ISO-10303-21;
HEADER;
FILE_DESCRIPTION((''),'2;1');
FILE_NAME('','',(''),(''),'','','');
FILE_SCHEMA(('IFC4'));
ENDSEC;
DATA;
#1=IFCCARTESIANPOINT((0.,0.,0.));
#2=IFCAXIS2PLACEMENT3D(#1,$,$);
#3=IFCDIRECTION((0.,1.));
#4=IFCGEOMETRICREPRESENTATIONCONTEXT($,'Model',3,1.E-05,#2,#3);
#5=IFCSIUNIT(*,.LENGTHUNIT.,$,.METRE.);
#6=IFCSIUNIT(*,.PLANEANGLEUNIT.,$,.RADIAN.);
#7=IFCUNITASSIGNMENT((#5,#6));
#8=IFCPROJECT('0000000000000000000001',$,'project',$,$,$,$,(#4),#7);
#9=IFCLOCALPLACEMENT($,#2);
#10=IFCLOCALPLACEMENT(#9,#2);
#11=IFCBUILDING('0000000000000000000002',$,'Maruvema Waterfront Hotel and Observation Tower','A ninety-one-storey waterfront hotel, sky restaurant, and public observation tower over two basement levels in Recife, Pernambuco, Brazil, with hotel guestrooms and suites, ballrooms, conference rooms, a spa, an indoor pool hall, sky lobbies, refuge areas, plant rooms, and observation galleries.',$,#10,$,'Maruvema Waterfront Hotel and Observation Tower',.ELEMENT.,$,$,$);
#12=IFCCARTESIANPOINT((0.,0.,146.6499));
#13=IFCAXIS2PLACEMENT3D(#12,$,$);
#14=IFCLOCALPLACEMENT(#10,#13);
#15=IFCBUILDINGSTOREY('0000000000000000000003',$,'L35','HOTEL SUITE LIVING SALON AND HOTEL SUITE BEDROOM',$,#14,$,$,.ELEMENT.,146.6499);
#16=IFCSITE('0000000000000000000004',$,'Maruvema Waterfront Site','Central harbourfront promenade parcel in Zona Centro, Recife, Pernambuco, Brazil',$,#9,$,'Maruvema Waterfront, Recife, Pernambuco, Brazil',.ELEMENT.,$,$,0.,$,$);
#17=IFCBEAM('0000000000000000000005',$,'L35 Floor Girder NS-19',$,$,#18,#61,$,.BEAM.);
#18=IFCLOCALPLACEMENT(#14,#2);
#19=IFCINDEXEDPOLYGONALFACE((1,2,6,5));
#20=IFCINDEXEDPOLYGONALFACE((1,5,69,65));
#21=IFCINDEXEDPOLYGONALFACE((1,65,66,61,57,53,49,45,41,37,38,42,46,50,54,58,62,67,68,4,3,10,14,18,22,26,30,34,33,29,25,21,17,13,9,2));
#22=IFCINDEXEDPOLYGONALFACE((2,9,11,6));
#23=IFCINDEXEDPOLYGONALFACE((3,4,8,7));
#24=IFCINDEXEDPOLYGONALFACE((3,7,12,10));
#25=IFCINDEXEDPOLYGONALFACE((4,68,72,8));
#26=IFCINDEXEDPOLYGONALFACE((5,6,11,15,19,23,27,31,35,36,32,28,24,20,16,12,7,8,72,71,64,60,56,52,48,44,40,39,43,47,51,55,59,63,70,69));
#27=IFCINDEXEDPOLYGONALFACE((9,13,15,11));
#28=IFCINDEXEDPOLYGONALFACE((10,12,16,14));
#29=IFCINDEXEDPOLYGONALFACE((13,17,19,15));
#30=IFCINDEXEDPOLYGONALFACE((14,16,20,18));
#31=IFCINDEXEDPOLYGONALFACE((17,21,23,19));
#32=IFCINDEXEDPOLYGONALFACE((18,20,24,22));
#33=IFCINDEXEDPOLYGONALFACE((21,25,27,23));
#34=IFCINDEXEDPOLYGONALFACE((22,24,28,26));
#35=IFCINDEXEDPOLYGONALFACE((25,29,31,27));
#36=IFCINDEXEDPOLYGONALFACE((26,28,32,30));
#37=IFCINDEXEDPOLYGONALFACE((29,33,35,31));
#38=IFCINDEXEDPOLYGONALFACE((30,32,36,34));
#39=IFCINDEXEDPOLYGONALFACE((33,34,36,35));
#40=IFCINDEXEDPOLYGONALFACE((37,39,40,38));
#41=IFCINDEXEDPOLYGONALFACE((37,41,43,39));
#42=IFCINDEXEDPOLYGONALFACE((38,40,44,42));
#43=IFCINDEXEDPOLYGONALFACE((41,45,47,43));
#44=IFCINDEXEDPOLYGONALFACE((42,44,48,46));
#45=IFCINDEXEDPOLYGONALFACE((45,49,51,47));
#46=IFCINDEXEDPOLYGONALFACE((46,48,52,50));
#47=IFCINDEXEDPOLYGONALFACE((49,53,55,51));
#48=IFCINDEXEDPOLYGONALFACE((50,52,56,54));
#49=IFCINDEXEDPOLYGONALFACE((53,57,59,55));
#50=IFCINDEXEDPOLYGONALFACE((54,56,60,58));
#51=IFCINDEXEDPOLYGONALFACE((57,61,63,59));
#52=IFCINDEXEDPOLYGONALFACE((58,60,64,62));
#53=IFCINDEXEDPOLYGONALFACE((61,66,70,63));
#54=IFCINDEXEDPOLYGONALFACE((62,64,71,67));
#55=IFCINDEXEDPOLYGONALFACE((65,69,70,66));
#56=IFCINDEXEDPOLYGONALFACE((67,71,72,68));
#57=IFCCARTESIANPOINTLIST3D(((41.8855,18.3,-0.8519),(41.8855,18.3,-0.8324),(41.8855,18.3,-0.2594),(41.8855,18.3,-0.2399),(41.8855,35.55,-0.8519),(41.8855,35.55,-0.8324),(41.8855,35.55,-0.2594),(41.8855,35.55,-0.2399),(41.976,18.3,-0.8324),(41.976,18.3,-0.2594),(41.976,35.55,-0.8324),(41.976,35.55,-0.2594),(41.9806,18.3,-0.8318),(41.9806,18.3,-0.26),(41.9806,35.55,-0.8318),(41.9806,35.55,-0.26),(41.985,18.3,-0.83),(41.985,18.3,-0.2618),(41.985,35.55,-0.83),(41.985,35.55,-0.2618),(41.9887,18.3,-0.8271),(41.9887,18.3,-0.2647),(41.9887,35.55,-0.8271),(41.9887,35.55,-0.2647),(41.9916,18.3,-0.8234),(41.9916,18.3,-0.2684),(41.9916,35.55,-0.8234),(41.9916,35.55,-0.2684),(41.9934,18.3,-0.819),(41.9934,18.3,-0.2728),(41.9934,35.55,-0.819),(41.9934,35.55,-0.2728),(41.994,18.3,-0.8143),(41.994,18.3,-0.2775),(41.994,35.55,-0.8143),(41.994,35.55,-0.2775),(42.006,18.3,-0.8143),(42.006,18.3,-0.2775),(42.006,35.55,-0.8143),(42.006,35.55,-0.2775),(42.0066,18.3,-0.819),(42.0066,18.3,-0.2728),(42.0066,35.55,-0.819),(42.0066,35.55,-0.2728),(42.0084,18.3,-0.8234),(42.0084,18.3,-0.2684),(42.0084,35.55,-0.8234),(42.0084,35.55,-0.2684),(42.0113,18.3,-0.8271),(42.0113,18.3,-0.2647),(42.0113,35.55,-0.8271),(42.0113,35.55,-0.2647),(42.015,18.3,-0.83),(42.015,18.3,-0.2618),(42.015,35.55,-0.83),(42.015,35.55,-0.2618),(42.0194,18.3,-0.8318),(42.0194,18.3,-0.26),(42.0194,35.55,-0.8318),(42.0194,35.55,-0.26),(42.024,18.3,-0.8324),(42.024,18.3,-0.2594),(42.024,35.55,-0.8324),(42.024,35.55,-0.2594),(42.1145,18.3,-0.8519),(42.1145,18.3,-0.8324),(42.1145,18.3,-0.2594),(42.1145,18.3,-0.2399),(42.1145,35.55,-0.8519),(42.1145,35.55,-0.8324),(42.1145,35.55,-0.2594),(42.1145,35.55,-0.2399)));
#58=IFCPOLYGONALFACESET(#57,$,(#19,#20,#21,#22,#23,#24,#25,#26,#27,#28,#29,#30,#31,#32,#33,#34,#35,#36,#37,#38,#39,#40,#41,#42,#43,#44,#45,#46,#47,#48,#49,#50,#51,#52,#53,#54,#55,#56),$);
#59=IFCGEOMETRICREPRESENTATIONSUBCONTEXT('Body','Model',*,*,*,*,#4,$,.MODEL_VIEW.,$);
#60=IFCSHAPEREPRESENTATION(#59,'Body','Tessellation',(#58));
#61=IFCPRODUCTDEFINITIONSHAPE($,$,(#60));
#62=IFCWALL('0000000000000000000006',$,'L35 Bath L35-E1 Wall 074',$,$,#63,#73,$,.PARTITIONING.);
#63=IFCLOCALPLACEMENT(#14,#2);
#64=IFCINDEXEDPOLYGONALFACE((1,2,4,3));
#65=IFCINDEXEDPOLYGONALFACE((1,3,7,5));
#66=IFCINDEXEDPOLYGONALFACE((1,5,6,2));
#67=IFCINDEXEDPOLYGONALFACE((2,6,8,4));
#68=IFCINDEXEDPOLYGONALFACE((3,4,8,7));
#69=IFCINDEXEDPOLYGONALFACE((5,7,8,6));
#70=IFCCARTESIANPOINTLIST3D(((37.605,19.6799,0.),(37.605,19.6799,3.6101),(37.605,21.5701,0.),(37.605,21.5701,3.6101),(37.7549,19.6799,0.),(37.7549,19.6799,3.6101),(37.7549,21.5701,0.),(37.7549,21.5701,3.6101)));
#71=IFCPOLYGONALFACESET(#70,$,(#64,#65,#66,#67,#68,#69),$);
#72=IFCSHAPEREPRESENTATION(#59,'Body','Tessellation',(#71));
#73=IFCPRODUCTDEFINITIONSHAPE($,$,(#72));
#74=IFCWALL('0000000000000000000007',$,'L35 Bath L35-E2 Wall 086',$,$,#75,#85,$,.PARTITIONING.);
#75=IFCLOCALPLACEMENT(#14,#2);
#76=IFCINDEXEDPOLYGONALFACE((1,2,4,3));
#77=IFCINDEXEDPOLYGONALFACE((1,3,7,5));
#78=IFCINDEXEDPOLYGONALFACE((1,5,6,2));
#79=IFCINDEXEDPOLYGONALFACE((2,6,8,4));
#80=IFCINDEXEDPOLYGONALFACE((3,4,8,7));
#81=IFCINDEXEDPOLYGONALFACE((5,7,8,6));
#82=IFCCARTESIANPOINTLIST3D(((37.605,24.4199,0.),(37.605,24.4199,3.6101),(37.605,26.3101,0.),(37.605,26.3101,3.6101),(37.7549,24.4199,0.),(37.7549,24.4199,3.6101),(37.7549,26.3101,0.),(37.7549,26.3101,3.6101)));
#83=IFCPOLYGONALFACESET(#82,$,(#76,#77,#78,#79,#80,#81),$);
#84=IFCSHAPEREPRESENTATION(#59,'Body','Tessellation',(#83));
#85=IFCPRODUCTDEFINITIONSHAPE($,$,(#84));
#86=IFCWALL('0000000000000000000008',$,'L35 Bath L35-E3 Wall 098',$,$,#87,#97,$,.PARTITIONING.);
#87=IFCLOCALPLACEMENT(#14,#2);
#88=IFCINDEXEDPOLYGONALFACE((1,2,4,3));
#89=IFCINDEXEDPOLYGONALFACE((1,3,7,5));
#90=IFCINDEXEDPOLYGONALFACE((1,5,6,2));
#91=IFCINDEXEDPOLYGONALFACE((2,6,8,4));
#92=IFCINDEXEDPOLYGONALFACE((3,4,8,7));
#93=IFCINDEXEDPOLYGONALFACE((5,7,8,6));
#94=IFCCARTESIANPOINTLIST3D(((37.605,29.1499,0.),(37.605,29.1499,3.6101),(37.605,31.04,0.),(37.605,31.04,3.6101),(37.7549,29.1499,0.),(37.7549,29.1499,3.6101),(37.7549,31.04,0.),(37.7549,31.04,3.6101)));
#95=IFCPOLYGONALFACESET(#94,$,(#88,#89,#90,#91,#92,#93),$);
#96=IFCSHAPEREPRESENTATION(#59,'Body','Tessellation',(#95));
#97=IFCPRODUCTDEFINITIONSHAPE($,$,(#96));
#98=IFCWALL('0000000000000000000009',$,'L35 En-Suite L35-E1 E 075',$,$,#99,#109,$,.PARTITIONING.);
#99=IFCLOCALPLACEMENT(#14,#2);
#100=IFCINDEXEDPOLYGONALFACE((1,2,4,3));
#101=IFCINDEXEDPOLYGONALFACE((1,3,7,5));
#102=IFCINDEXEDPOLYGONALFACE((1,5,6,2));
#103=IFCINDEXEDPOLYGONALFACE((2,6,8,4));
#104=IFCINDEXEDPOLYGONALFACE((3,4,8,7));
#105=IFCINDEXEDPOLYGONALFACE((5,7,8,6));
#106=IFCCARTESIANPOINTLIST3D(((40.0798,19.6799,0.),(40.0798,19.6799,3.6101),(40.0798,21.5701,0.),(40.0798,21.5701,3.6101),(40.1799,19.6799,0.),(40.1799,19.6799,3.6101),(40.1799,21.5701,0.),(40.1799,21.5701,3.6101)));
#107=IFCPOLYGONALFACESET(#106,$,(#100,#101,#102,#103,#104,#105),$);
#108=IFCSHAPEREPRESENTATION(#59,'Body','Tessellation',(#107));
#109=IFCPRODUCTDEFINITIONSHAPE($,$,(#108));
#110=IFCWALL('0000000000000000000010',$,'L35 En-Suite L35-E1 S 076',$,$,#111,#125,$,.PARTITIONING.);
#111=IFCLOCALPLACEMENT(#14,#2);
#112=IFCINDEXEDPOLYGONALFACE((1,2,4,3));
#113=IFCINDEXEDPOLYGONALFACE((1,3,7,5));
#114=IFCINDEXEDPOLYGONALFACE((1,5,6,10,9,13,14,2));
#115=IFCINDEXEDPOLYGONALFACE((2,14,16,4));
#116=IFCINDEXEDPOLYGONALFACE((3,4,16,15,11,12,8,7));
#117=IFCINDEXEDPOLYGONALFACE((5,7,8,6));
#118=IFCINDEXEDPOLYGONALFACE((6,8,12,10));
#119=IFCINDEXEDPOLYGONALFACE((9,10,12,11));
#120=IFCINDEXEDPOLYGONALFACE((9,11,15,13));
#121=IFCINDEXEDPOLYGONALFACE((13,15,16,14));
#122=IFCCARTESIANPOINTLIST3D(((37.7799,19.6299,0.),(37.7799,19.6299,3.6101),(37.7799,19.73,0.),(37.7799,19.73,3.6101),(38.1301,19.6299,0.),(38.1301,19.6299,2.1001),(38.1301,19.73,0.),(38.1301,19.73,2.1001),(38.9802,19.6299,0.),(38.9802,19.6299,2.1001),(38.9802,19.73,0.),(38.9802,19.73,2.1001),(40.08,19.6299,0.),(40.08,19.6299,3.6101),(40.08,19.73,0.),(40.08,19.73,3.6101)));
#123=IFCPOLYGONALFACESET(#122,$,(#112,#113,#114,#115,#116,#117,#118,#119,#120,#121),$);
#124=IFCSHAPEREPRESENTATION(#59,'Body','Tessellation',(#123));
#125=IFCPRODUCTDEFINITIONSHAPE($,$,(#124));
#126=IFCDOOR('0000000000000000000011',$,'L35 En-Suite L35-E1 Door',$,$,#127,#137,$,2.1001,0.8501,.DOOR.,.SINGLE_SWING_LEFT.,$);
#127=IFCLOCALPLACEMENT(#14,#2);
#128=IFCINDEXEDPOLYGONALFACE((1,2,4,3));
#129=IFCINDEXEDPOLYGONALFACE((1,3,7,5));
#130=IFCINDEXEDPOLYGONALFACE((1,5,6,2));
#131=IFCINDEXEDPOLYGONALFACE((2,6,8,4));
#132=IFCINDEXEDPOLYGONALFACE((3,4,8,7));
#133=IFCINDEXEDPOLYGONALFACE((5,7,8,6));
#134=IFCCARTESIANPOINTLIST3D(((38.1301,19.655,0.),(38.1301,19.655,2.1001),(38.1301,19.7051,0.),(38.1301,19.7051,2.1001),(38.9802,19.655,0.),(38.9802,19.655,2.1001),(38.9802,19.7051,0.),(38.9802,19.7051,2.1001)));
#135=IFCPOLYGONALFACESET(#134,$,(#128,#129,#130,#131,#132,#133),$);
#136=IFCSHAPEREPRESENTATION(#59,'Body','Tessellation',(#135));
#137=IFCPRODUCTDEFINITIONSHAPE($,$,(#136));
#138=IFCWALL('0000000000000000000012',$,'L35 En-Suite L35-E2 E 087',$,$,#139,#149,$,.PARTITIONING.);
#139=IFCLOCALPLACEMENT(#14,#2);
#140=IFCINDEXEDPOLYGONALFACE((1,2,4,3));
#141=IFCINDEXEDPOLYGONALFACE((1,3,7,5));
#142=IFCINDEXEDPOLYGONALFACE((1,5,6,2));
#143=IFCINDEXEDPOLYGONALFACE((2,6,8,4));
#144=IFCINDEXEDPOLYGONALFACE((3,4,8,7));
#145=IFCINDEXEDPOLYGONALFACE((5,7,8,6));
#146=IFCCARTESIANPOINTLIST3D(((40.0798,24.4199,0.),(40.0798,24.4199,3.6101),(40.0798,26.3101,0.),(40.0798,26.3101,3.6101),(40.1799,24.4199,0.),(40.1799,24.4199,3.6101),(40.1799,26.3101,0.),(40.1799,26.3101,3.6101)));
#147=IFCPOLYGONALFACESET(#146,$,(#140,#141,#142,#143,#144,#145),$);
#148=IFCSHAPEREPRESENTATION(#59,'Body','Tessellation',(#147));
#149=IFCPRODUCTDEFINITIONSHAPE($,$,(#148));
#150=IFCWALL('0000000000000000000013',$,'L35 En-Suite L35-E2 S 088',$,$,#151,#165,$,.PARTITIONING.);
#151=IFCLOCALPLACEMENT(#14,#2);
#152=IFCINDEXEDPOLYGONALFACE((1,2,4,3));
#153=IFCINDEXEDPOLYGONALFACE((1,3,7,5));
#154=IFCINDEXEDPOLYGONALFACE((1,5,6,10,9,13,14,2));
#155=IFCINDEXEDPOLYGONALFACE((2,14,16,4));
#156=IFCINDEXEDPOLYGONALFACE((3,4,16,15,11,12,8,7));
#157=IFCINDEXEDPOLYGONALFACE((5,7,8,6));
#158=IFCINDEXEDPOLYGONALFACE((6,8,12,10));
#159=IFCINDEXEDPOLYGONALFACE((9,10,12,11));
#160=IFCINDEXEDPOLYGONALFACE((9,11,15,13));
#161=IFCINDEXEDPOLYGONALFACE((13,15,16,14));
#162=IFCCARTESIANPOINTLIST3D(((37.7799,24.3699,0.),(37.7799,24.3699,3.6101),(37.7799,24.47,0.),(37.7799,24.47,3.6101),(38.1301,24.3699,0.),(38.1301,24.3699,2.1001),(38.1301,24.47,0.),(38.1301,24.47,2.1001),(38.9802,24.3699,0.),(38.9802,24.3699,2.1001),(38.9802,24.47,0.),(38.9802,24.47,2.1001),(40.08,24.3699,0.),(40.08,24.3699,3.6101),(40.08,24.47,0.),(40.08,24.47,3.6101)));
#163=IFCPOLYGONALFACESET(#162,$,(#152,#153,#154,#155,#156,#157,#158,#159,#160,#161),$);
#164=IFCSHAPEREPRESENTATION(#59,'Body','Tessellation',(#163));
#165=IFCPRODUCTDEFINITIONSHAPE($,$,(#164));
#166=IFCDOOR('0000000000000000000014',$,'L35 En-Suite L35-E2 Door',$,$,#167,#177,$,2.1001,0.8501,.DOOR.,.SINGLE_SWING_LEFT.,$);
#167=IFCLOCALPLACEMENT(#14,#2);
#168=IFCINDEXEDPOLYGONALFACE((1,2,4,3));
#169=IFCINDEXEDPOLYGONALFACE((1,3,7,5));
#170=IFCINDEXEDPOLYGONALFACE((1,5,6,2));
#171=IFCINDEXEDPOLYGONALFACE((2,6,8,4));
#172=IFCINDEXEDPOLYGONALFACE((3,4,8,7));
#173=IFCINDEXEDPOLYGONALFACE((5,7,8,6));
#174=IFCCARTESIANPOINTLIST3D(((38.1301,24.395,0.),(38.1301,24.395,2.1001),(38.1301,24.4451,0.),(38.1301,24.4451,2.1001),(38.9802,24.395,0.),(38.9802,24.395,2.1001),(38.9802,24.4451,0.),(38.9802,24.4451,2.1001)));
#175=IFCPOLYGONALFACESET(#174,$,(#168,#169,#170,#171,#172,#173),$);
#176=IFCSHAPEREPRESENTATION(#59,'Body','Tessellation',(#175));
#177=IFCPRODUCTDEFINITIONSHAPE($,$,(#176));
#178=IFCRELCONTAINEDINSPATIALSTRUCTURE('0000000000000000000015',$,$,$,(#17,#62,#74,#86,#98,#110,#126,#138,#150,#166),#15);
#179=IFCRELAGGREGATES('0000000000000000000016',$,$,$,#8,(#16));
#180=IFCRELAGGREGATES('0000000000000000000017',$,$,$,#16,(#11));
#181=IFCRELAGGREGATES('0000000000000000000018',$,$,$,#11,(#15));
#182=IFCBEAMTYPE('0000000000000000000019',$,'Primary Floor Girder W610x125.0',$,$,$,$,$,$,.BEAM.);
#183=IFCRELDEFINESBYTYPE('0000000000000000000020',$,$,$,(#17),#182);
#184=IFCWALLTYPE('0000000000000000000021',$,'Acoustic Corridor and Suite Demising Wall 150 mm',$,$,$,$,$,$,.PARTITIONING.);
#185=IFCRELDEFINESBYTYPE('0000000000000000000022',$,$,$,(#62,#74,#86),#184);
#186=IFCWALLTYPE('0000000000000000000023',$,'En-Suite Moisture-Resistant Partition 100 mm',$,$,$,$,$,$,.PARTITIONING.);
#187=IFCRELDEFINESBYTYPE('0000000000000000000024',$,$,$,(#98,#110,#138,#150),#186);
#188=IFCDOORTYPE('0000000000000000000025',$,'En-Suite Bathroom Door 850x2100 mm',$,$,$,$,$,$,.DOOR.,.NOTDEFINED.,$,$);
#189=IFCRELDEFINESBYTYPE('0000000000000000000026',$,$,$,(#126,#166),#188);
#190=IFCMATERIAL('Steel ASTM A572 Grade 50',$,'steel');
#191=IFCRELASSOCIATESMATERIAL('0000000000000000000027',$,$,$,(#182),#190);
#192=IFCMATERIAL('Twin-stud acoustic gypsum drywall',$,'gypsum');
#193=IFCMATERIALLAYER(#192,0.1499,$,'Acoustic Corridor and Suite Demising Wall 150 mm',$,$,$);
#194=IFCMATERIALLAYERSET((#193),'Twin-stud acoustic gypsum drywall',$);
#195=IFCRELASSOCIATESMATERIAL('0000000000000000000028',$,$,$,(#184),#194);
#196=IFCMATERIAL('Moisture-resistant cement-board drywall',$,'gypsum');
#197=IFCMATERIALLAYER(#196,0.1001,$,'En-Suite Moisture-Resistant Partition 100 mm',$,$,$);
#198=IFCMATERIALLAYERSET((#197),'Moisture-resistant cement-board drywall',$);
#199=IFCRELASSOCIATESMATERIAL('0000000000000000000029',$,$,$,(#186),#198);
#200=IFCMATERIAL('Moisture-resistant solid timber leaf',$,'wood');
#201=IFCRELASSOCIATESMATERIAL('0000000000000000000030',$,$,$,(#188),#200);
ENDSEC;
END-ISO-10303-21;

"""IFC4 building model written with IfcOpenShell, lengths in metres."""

from ifc_helpers import new_model, si_unit, direction, frame, frame_2d, origin, origin_2d, place, context, subcontext, project, spatial, rectangle, i_section, extrude, material, layer, layer_set, material_profile, profile_set, type_object, element, fill, save


model = new_model("IFC4")

# Units and contexts
model_context = context("Model", 3, precision=1e-05, world=origin(), true_north=direction((0.0, 1.0)))
body_context = subcontext(model_context, "Body", "Model", "MODEL_VIEW")
ifc_project = project(units=[si_unit("LENGTHUNIT", "METRE"), si_unit("PLANEANGLEUNIT", "RADIAN")], contexts=[model_context])

# Site, building, storey
site_placement = place(None, origin())
site = spatial("IfcSite", under=ifc_project, at=site_placement, Name="Maruvema Waterfront Site", Description="Central harbourfront promenade parcel in Zona Centro, Recife, Pernambuco, Brazil", LongName="Maruvema Waterfront, Recife, Pernambuco, Brazil", CompositionType="ELEMENT", RefElevation=0.0)
building_placement = place(site_placement, origin())
building = spatial("IfcBuilding", under=site, at=building_placement, Name="Maruvema Waterfront Hotel and Observation Tower", Description="A ninety-one-storey waterfront hotel, sky restaurant, and public observation tower over two basement levels in Recife, Pernambuco, Brazil, with hotel guestrooms and suites, ballrooms, conference rooms, a spa, an indoor pool hall, sky lobbies, refuge areas, plant rooms, and observation galleries.", LongName="Maruvema Waterfront Hotel and Observation Tower", CompositionType="ELEMENT")
storey_placement = place(building_placement, frame((0.0, 0.0, 146.6499)))
storey = spatial("IfcBuildingStorey", under=building, at=storey_placement, Name="L35", Description="HOTEL SUITE LIVING SALON AND HOTEL SUITE BEDROOM", CompositionType="ELEMENT", Elevation=146.6499)

# Beam
ifc_material_1 = material(Name="Steel ASTM A572 Grade 50", Category="steel")
ifc_material_profile = material_profile(ifc_material_1, i_section(OverallWidth=0.229, OverallDepth=0.6121, WebThickness=0.012, FlangeThickness=0.0195, FilletRadius=0.0181, at=origin_2d()), Name="W610x125.0")
ifc_profile_set = profile_set([ifc_material_profile], Name="Steel ASTM A572 Grade 50")
beam_type = type_object("IfcBeamType", Name="Primary Floor Girder W610x125.0", PredefinedType="BEAM", material=ifc_profile_set)
beam_placement = place(storey_placement, frame((42.0, 18.3, -0.5459), z_axis=(0.0, 1.0, 0.0), x_axis=(-1.0, 0.0, 0.0)))
element("IfcBeam", 1, at=beam_placement, inside=storey, type_object=beam_type, Name="L35 Floor Girder NS-19", PredefinedType="BEAM", context=body_context, shape_type="SweptSolid", body=[
    extrude(i_section(OverallWidth=0.229, OverallDepth=0.6121, WebThickness=0.012, FlangeThickness=0.0195, FilletRadius=0.0181, at=origin_2d()), origin(), (0.0, 0.0, 1.0), 17.25),
])

# Wall
ifc_material_2 = material(Name="Twin-stud acoustic gypsum drywall", Category="gypsum")
ifc_layer_1 = layer(ifc_material_2, 0.1499, Name="Acoustic Corridor and Suite Demising Wall 150 mm")
ifc_layer_set_1 = layer_set([ifc_layer_1], Name="Twin-stud acoustic gypsum drywall")
wall_type_1 = type_object("IfcWallType", Name="Acoustic Corridor and Suite Demising Wall 150 mm", PredefinedType="PARTITIONING", material=ifc_layer_set_1)
wall_1_placement = place(storey_placement, frame((37.6799, 19.6799, 0.0), z_axis=(0.0, 0.0, 1.0), x_axis=(0.0, 1.0, 0.0)))
element("IfcWall", 2, at=wall_1_placement, inside=storey, type_object=wall_type_1, Name="L35 Bath L35-E1 Wall 074", PredefinedType="PARTITIONING", context=body_context, shape_type="SweptSolid", body=[
    extrude(rectangle(XDim=1.8901, YDim=0.1499, at=frame_2d((0.9451, 0.0))), origin(), (0.0, 0.0, 1.0), 3.6101),
])

# Wall
wall_2_placement = place(storey_placement, frame((37.6799, 24.4199, 0.0), z_axis=(0.0, 0.0, 1.0), x_axis=(0.0, 1.0, 0.0)))
element("IfcWall", 3, at=wall_2_placement, inside=storey, type_object=wall_type_1, Name="L35 Bath L35-E2 Wall 086", PredefinedType="PARTITIONING", context=body_context, shape_type="SweptSolid", body=[
    extrude(rectangle(XDim=1.8901, YDim=0.1499, at=frame_2d((0.9451, 0.0))), origin(), (0.0, 0.0, 1.0), 3.6101),
])

# Walls
wall_3_placement = place(storey_placement, frame((37.6799, 29.1499, 0.0), z_axis=(0.0, 0.0, 1.0), x_axis=(0.0, 1.0, 0.0)))
element("IfcWall", 4, at=wall_3_placement, inside=storey, type_object=wall_type_1, Name="L35 Bath L35-E3 Wall 098", PredefinedType="PARTITIONING", context=body_context, shape_type="SweptSolid", body=[
    extrude(rectangle(XDim=1.8901, YDim=0.1499, at=frame_2d((0.9451, 0.0))), origin(), (0.0, 0.0, 1.0), 3.6101),
])
ifc_material_3 = material(Name="Moisture-resistant cement-board drywall", Category="gypsum")
ifc_layer_2 = layer(ifc_material_3, 0.1001, Name="En-Suite Moisture-Resistant Partition 100 mm")
ifc_layer_set_2 = layer_set([ifc_layer_2], Name="Moisture-resistant cement-board drywall")
wall_type_2 = type_object("IfcWallType", Name="En-Suite Moisture-Resistant Partition 100 mm", PredefinedType="PARTITIONING", material=ifc_layer_set_2)
wall_4_placement = place(storey_placement, frame((40.1299, 19.6799, 0.0), z_axis=(0.0, 0.0, 1.0), x_axis=(0.0, 1.0, 0.0)))
element("IfcWall", 5, at=wall_4_placement, inside=storey, type_object=wall_type_2, Name="L35 En-Suite L35-E1 E 075", PredefinedType="PARTITIONING", context=body_context, shape_type="SweptSolid", body=[
    extrude(rectangle(XDim=1.8901, YDim=0.1001, at=frame_2d((0.9451, 0.0))), origin(), (0.0, 0.0, 1.0), 3.6101),
])

# Wall, opening, door
wall_5_placement = place(storey_placement, frame((37.78, 19.6799, 0.0), z_axis=(0.0, 0.0, 1.0), x_axis=(1.0, 0.0, 0.0)))
wall_5 = element("IfcWall", 6, at=wall_5_placement, inside=storey, type_object=wall_type_2, Name="L35 En-Suite L35-E1 S 076", PredefinedType="PARTITIONING", context=body_context, shape_type="SweptSolid", body=[
    extrude(rectangle(XDim=2.3, YDim=0.1001, at=frame_2d((1.1499, 0.0))), origin(), (0.0, 0.0, 1.0), 3.6101),
])
opening_1_placement = place(wall_5_placement, frame((0.3501, 0.0, 0.0)))
opening_1 = element("IfcOpeningElement", 7, at=opening_1_placement, cuts=wall_5, PredefinedType="OPENING", context=body_context, shape_type="SweptSolid", body=[
    extrude(rectangle(XDim=0.8501, YDim=2.1001, at=frame_2d((0.425, 1.05))), frame((0.0, 0.0601, 0.0), z_axis=(0.0, -1.0, 0.0), x_axis=(1.0, 0.0, 0.0)), (0.0, 0.0, 1.0), 0.1201),
])
ifc_material_4 = material(Name="Moisture-resistant solid timber leaf", Category="wood")
door_type_1 = type_object("IfcDoorType", Name="En-Suite Bathroom Door 850x2100 mm", OperationType="NOTDEFINED", PredefinedType="DOOR", material=ifc_material_4)
door_1_placement = place(opening_1_placement, frame((0.8501, 0.0, 0.0), z_axis=(0.0, 0.0, 1.0), x_axis=(-1.0, 0.0, 0.0)))
door_1 = element("IfcDoor", 8, at=door_1_placement, inside=storey, type_object=door_type_1, Name="L35 En-Suite L35-E1 Door", OperationType="SINGLE_SWING_LEFT", OverallHeight=2.1001, OverallWidth=0.8501, PredefinedType="DOOR", context=body_context, shape_type="SweptSolid", body=[
    extrude(rectangle(XDim=0.8501, YDim=2.1001, at=frame_2d((0.425, 1.05))), frame((0.0, 0.0249, 0.0), z_axis=(0.0, -1.0, 0.0), x_axis=(1.0, 0.0, 0.0)), (0.0, 0.0, 1.0), 0.05),
])
fill(opening_1, door_1)

# Wall
wall_6_placement = place(storey_placement, frame((40.1299, 24.4199, 0.0), z_axis=(0.0, 0.0, 1.0), x_axis=(0.0, 1.0, 0.0)))
element("IfcWall", 9, at=wall_6_placement, inside=storey, type_object=wall_type_2, Name="L35 En-Suite L35-E2 E 087", PredefinedType="PARTITIONING", context=body_context, shape_type="SweptSolid", body=[
    extrude(rectangle(XDim=1.8901, YDim=0.1001, at=frame_2d((0.9451, 0.0))), origin(), (0.0, 0.0, 1.0), 3.6101),
])

# Wall, opening, door
wall_7_placement = place(storey_placement, frame((37.78, 24.4199, 0.0), z_axis=(0.0, 0.0, 1.0), x_axis=(1.0, 0.0, 0.0)))
wall_7 = element("IfcWall", 10, at=wall_7_placement, inside=storey, type_object=wall_type_2, Name="L35 En-Suite L35-E2 S 088", PredefinedType="PARTITIONING", context=body_context, shape_type="SweptSolid", body=[
    extrude(rectangle(XDim=2.3, YDim=0.1001, at=frame_2d((1.1499, 0.0))), origin(), (0.0, 0.0, 1.0), 3.6101),
])
opening_2_placement = place(wall_7_placement, frame((0.3501, 0.0, 0.0)))
opening_2 = element("IfcOpeningElement", 11, at=opening_2_placement, cuts=wall_7, PredefinedType="OPENING", context=body_context, shape_type="SweptSolid", body=[
    extrude(rectangle(XDim=0.8501, YDim=2.1001, at=frame_2d((0.425, 1.05))), frame((0.0, 0.0601, 0.0), z_axis=(0.0, -1.0, 0.0), x_axis=(1.0, 0.0, 0.0)), (0.0, 0.0, 1.0), 0.1201),
])
door_2_placement = place(opening_2_placement, frame((0.8501, 0.0, 0.0), z_axis=(0.0, 0.0, 1.0), x_axis=(-1.0, 0.0, 0.0)))
door_2 = element("IfcDoor", 12, at=door_2_placement, inside=storey, type_object=door_type_1, Name="L35 En-Suite L35-E2 Door", OperationType="SINGLE_SWING_LEFT", OverallHeight=2.1001, OverallWidth=0.8501, PredefinedType="DOOR", context=body_context, shape_type="SweptSolid", body=[
    extrude(rectangle(XDim=0.8501, YDim=2.1001, at=frame_2d((0.425, 1.05))), frame((0.0, 0.0249, 0.0), z_axis=(0.0, -1.0, 0.0), x_axis=(1.0, 0.0, 0.0)), (0.0, 0.0, 1.0), 0.05),
])
fill(opening_2, door_2)

save(model, "model.ifc")
